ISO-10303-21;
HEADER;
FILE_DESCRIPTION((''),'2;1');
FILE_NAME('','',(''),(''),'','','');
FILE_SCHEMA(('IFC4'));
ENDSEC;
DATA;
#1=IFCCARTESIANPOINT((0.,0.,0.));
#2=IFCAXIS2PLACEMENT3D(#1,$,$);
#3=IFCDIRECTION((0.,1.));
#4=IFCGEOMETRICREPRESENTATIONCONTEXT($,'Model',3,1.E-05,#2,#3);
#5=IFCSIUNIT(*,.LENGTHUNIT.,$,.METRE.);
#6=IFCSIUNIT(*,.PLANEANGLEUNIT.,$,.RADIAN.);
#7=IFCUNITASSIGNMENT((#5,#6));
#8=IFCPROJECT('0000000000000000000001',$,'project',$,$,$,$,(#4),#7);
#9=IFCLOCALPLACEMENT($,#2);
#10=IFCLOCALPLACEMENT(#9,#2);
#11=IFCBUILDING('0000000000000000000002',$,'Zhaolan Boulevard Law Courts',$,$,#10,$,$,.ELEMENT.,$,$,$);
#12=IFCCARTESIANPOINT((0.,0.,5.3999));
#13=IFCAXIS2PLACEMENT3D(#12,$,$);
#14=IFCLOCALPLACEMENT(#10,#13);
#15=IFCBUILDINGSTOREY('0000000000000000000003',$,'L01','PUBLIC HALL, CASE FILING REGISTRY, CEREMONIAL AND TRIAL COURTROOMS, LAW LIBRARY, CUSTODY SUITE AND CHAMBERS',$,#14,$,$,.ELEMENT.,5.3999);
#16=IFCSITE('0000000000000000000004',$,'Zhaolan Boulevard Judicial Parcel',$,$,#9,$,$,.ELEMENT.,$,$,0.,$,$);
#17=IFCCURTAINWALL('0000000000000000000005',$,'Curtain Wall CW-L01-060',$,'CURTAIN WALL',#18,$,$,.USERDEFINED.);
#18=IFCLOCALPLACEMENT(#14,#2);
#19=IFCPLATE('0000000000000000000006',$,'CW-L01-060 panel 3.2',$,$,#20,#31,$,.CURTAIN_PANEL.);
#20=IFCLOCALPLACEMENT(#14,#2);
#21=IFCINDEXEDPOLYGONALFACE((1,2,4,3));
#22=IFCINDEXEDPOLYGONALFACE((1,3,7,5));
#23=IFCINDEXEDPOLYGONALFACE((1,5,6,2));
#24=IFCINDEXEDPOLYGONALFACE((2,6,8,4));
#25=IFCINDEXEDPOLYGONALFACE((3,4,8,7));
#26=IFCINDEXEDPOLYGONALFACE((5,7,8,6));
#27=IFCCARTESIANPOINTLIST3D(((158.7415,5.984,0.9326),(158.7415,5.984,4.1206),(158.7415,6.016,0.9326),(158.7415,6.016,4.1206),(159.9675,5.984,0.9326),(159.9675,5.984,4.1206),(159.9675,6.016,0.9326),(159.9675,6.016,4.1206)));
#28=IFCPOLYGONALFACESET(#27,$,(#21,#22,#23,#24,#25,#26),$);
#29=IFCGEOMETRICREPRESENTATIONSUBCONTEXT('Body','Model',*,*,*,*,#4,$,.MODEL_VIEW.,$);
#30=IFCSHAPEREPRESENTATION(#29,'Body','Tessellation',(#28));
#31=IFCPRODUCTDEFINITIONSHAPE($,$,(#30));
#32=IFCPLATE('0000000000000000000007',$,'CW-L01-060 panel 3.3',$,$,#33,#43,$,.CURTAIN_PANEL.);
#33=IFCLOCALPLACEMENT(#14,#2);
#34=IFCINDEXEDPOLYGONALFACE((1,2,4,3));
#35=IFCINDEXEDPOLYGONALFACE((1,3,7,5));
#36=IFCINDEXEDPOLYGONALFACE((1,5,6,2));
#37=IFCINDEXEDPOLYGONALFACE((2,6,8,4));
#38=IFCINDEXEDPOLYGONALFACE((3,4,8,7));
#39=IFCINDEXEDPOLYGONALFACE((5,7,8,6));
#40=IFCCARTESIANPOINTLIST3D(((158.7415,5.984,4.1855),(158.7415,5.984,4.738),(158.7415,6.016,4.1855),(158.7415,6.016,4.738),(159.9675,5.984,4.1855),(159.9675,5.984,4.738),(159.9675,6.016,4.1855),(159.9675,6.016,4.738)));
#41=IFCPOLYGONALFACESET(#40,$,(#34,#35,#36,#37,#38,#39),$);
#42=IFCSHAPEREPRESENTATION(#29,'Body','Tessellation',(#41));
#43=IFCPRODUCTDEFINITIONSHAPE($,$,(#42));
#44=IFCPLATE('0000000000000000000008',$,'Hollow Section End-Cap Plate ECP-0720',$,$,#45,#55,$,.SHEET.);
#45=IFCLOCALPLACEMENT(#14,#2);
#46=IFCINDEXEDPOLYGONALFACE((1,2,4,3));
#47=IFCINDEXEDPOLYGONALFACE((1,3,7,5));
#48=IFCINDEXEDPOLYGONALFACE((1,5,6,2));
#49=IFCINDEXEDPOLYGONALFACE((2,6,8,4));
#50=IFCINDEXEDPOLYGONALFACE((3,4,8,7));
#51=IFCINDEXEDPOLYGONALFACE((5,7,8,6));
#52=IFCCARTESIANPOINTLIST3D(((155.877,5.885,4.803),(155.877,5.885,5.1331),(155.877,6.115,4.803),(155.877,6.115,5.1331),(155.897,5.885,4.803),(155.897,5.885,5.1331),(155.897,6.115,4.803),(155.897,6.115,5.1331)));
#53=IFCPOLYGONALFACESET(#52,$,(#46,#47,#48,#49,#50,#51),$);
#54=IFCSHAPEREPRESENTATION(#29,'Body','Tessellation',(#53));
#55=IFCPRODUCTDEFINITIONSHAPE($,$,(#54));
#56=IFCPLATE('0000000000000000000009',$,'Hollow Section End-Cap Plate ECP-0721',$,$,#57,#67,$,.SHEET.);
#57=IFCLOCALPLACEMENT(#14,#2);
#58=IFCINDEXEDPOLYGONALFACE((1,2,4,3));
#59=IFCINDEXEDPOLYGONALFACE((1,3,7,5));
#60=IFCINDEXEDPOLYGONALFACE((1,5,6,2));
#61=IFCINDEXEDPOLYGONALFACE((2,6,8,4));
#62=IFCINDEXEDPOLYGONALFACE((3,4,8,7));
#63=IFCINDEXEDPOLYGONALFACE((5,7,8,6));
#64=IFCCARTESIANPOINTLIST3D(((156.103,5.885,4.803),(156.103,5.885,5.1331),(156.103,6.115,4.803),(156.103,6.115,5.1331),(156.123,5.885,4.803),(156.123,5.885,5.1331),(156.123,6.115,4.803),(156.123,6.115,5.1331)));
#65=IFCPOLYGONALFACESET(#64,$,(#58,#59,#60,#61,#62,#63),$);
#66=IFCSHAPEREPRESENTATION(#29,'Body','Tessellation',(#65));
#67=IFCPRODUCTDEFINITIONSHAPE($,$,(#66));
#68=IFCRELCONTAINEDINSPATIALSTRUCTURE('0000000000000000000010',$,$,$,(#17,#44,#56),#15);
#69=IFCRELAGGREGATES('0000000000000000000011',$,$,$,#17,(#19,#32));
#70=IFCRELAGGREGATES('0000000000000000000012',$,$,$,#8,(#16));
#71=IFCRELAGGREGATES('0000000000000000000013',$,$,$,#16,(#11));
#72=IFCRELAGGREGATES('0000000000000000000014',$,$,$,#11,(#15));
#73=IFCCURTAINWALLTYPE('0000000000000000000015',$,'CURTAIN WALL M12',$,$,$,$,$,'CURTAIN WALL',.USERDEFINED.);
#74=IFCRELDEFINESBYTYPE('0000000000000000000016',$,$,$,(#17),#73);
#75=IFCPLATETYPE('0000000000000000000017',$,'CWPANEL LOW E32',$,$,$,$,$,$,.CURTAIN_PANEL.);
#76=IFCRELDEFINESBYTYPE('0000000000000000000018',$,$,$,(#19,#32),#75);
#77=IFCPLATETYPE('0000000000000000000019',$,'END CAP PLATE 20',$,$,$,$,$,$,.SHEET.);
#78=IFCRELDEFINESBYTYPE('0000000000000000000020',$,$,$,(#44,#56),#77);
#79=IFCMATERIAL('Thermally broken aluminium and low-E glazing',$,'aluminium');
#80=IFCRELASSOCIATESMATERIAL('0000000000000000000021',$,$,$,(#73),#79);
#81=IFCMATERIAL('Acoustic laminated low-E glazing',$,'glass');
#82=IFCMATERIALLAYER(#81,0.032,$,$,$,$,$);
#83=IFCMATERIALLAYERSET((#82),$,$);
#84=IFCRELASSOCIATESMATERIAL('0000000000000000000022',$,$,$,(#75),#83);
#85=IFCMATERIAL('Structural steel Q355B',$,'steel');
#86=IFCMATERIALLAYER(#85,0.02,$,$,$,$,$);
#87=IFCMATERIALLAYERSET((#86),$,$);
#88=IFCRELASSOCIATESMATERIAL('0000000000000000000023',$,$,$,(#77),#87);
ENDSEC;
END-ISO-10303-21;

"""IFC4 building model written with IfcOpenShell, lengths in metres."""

from ifc_helpers import new_model, si_unit, direction, frame, origin, origin_2d, place, context, subcontext, project, spatial, rectangle, extrude, material, layer, layer_set, type_object, element, aggregate, save


model = new_model("IFC4")

# Units and contexts
model_context = context("Model", 3, precision=1e-05, world=origin(), true_north=direction((0.0, 1.0)))
body_context = subcontext(model_context, "Body", "Model", "MODEL_VIEW")
ifc_project = project(units=[si_unit("LENGTHUNIT", "METRE"), si_unit("PLANEANGLEUNIT", "RADIAN")], contexts=[model_context])

# Site, building, storey
site_placement = place(None, origin())
site = spatial("IfcSite", under=ifc_project, at=site_placement, Name="Zhaolan Boulevard Judicial Parcel", CompositionType="ELEMENT", RefElevation=0.0)
building_placement = place(site_placement, origin())
building = spatial("IfcBuilding", under=site, at=building_placement, Name="Zhaolan Boulevard Law Courts", CompositionType="ELEMENT")
storey_placement = place(building_placement, frame((0.0, 0.0, 5.3999)))
storey = spatial("IfcBuildingStorey", under=building, at=storey_placement, Name="L01", Description="PUBLIC HALL, CASE FILING REGISTRY, CEREMONIAL AND TRIAL COURTROOMS, LAW LIBRARY, CUSTODY SUITE AND CHAMBERS", CompositionType="ELEMENT", Elevation=5.3999)

# Curtain wall
ifc_material_1 = material(Name="Thermally broken aluminium and low-E glazing", Category="aluminium")
curtain_wall_type_1 = type_object("IfcCurtainWallType", Name="CURTAIN WALL M12", ElementType="CURTAIN WALL", PredefinedType="USERDEFINED", material=ifc_material_1)
curtain_wall_1_placement = place(storey_placement, origin())
curtain_wall_1 = element("IfcCurtainWall", 1, at=curtain_wall_1_placement, inside=storey, type_object=curtain_wall_type_1, Name="Curtain Wall CW-L01-060", ObjectType="CURTAIN WALL", PredefinedType="USERDEFINED")

# Plates
ifc_material_2 = material(Name="Acoustic laminated low-E glazing", Category="glass")
ifc_layer_1 = layer(ifc_material_2, 0.032)
ifc_layer_set_1 = layer_set([ifc_layer_1])
plate_type_1 = type_object("IfcPlateType", Name="CWPANEL LOW E32", PredefinedType="CURTAIN_PANEL", material=ifc_layer_set_1)
plate_1_placement = place(storey_placement, frame((159.3545, 6.0, 0.9326), z_axis=(0.0, 0.0, 1.0), x_axis=(1.0, 0.0, 0.0)))
plate_1 = element("IfcPlate", 2, at=plate_1_placement, type_object=plate_type_1, Name="CW-L01-060 panel 3.2", PredefinedType="CURTAIN_PANEL", context=body_context, shape_type="SweptSolid", body=[
    extrude(rectangle(XDim=1.2261, YDim=0.032, at=origin_2d()), origin(), (0.0, 0.0, 1.0), 3.188),
])
plate_2_placement = place(storey_placement, frame((159.3545, 6.0, 4.1855), z_axis=(0.0, 0.0, 1.0), x_axis=(1.0, 0.0, 0.0)))
plate_2 = element("IfcPlate", 3, at=plate_2_placement, type_object=plate_type_1, Name="CW-L01-060 panel 3.3", PredefinedType="CURTAIN_PANEL", context=body_context, shape_type="SweptSolid", body=[
    extrude(rectangle(XDim=1.2261, YDim=0.032, at=origin_2d()), origin(), (0.0, 0.0, 1.0), 0.5525),
])
aggregate(curtain_wall_1, [plate_1, plate_2])

# Plates
ifc_material_3 = material(Name="Structural steel Q355B", Category="steel")
ifc_layer_2 = layer(ifc_material_3, 0.02)
ifc_layer_set_2 = layer_set([ifc_layer_2])
plate_type_2 = type_object("IfcPlateType", Name="END CAP PLATE 20", PredefinedType="SHEET", material=ifc_layer_set_2)
for number, where, z_axis, x_axis, name in (
    (4, (155.887, 6.0, 4.803), (0.0, 0.0, 1.0), (1.0, 0.0, 0.0), "Hollow Section End-Cap Plate ECP-0720"),
    (5, (156.113, 6.0, 4.803), (0.0, 0.0, 1.0), (1.0, 0.0, 0.0), "Hollow Section End-Cap Plate ECP-0721"),
):
    element("IfcPlate", number, at=place(storey_placement, frame(where, z_axis=z_axis, x_axis=x_axis)), inside=storey, type_object=plate_type_2, Name=name, PredefinedType="SHEET", context=body_context, shape_type="SweptSolid", body=[
        extrude(rectangle(XDim=0.02, YDim=0.23, at=origin_2d()), origin(), (0.0, 0.0, 1.0), 0.3301),
    ])

save(model, "model.ifc")
